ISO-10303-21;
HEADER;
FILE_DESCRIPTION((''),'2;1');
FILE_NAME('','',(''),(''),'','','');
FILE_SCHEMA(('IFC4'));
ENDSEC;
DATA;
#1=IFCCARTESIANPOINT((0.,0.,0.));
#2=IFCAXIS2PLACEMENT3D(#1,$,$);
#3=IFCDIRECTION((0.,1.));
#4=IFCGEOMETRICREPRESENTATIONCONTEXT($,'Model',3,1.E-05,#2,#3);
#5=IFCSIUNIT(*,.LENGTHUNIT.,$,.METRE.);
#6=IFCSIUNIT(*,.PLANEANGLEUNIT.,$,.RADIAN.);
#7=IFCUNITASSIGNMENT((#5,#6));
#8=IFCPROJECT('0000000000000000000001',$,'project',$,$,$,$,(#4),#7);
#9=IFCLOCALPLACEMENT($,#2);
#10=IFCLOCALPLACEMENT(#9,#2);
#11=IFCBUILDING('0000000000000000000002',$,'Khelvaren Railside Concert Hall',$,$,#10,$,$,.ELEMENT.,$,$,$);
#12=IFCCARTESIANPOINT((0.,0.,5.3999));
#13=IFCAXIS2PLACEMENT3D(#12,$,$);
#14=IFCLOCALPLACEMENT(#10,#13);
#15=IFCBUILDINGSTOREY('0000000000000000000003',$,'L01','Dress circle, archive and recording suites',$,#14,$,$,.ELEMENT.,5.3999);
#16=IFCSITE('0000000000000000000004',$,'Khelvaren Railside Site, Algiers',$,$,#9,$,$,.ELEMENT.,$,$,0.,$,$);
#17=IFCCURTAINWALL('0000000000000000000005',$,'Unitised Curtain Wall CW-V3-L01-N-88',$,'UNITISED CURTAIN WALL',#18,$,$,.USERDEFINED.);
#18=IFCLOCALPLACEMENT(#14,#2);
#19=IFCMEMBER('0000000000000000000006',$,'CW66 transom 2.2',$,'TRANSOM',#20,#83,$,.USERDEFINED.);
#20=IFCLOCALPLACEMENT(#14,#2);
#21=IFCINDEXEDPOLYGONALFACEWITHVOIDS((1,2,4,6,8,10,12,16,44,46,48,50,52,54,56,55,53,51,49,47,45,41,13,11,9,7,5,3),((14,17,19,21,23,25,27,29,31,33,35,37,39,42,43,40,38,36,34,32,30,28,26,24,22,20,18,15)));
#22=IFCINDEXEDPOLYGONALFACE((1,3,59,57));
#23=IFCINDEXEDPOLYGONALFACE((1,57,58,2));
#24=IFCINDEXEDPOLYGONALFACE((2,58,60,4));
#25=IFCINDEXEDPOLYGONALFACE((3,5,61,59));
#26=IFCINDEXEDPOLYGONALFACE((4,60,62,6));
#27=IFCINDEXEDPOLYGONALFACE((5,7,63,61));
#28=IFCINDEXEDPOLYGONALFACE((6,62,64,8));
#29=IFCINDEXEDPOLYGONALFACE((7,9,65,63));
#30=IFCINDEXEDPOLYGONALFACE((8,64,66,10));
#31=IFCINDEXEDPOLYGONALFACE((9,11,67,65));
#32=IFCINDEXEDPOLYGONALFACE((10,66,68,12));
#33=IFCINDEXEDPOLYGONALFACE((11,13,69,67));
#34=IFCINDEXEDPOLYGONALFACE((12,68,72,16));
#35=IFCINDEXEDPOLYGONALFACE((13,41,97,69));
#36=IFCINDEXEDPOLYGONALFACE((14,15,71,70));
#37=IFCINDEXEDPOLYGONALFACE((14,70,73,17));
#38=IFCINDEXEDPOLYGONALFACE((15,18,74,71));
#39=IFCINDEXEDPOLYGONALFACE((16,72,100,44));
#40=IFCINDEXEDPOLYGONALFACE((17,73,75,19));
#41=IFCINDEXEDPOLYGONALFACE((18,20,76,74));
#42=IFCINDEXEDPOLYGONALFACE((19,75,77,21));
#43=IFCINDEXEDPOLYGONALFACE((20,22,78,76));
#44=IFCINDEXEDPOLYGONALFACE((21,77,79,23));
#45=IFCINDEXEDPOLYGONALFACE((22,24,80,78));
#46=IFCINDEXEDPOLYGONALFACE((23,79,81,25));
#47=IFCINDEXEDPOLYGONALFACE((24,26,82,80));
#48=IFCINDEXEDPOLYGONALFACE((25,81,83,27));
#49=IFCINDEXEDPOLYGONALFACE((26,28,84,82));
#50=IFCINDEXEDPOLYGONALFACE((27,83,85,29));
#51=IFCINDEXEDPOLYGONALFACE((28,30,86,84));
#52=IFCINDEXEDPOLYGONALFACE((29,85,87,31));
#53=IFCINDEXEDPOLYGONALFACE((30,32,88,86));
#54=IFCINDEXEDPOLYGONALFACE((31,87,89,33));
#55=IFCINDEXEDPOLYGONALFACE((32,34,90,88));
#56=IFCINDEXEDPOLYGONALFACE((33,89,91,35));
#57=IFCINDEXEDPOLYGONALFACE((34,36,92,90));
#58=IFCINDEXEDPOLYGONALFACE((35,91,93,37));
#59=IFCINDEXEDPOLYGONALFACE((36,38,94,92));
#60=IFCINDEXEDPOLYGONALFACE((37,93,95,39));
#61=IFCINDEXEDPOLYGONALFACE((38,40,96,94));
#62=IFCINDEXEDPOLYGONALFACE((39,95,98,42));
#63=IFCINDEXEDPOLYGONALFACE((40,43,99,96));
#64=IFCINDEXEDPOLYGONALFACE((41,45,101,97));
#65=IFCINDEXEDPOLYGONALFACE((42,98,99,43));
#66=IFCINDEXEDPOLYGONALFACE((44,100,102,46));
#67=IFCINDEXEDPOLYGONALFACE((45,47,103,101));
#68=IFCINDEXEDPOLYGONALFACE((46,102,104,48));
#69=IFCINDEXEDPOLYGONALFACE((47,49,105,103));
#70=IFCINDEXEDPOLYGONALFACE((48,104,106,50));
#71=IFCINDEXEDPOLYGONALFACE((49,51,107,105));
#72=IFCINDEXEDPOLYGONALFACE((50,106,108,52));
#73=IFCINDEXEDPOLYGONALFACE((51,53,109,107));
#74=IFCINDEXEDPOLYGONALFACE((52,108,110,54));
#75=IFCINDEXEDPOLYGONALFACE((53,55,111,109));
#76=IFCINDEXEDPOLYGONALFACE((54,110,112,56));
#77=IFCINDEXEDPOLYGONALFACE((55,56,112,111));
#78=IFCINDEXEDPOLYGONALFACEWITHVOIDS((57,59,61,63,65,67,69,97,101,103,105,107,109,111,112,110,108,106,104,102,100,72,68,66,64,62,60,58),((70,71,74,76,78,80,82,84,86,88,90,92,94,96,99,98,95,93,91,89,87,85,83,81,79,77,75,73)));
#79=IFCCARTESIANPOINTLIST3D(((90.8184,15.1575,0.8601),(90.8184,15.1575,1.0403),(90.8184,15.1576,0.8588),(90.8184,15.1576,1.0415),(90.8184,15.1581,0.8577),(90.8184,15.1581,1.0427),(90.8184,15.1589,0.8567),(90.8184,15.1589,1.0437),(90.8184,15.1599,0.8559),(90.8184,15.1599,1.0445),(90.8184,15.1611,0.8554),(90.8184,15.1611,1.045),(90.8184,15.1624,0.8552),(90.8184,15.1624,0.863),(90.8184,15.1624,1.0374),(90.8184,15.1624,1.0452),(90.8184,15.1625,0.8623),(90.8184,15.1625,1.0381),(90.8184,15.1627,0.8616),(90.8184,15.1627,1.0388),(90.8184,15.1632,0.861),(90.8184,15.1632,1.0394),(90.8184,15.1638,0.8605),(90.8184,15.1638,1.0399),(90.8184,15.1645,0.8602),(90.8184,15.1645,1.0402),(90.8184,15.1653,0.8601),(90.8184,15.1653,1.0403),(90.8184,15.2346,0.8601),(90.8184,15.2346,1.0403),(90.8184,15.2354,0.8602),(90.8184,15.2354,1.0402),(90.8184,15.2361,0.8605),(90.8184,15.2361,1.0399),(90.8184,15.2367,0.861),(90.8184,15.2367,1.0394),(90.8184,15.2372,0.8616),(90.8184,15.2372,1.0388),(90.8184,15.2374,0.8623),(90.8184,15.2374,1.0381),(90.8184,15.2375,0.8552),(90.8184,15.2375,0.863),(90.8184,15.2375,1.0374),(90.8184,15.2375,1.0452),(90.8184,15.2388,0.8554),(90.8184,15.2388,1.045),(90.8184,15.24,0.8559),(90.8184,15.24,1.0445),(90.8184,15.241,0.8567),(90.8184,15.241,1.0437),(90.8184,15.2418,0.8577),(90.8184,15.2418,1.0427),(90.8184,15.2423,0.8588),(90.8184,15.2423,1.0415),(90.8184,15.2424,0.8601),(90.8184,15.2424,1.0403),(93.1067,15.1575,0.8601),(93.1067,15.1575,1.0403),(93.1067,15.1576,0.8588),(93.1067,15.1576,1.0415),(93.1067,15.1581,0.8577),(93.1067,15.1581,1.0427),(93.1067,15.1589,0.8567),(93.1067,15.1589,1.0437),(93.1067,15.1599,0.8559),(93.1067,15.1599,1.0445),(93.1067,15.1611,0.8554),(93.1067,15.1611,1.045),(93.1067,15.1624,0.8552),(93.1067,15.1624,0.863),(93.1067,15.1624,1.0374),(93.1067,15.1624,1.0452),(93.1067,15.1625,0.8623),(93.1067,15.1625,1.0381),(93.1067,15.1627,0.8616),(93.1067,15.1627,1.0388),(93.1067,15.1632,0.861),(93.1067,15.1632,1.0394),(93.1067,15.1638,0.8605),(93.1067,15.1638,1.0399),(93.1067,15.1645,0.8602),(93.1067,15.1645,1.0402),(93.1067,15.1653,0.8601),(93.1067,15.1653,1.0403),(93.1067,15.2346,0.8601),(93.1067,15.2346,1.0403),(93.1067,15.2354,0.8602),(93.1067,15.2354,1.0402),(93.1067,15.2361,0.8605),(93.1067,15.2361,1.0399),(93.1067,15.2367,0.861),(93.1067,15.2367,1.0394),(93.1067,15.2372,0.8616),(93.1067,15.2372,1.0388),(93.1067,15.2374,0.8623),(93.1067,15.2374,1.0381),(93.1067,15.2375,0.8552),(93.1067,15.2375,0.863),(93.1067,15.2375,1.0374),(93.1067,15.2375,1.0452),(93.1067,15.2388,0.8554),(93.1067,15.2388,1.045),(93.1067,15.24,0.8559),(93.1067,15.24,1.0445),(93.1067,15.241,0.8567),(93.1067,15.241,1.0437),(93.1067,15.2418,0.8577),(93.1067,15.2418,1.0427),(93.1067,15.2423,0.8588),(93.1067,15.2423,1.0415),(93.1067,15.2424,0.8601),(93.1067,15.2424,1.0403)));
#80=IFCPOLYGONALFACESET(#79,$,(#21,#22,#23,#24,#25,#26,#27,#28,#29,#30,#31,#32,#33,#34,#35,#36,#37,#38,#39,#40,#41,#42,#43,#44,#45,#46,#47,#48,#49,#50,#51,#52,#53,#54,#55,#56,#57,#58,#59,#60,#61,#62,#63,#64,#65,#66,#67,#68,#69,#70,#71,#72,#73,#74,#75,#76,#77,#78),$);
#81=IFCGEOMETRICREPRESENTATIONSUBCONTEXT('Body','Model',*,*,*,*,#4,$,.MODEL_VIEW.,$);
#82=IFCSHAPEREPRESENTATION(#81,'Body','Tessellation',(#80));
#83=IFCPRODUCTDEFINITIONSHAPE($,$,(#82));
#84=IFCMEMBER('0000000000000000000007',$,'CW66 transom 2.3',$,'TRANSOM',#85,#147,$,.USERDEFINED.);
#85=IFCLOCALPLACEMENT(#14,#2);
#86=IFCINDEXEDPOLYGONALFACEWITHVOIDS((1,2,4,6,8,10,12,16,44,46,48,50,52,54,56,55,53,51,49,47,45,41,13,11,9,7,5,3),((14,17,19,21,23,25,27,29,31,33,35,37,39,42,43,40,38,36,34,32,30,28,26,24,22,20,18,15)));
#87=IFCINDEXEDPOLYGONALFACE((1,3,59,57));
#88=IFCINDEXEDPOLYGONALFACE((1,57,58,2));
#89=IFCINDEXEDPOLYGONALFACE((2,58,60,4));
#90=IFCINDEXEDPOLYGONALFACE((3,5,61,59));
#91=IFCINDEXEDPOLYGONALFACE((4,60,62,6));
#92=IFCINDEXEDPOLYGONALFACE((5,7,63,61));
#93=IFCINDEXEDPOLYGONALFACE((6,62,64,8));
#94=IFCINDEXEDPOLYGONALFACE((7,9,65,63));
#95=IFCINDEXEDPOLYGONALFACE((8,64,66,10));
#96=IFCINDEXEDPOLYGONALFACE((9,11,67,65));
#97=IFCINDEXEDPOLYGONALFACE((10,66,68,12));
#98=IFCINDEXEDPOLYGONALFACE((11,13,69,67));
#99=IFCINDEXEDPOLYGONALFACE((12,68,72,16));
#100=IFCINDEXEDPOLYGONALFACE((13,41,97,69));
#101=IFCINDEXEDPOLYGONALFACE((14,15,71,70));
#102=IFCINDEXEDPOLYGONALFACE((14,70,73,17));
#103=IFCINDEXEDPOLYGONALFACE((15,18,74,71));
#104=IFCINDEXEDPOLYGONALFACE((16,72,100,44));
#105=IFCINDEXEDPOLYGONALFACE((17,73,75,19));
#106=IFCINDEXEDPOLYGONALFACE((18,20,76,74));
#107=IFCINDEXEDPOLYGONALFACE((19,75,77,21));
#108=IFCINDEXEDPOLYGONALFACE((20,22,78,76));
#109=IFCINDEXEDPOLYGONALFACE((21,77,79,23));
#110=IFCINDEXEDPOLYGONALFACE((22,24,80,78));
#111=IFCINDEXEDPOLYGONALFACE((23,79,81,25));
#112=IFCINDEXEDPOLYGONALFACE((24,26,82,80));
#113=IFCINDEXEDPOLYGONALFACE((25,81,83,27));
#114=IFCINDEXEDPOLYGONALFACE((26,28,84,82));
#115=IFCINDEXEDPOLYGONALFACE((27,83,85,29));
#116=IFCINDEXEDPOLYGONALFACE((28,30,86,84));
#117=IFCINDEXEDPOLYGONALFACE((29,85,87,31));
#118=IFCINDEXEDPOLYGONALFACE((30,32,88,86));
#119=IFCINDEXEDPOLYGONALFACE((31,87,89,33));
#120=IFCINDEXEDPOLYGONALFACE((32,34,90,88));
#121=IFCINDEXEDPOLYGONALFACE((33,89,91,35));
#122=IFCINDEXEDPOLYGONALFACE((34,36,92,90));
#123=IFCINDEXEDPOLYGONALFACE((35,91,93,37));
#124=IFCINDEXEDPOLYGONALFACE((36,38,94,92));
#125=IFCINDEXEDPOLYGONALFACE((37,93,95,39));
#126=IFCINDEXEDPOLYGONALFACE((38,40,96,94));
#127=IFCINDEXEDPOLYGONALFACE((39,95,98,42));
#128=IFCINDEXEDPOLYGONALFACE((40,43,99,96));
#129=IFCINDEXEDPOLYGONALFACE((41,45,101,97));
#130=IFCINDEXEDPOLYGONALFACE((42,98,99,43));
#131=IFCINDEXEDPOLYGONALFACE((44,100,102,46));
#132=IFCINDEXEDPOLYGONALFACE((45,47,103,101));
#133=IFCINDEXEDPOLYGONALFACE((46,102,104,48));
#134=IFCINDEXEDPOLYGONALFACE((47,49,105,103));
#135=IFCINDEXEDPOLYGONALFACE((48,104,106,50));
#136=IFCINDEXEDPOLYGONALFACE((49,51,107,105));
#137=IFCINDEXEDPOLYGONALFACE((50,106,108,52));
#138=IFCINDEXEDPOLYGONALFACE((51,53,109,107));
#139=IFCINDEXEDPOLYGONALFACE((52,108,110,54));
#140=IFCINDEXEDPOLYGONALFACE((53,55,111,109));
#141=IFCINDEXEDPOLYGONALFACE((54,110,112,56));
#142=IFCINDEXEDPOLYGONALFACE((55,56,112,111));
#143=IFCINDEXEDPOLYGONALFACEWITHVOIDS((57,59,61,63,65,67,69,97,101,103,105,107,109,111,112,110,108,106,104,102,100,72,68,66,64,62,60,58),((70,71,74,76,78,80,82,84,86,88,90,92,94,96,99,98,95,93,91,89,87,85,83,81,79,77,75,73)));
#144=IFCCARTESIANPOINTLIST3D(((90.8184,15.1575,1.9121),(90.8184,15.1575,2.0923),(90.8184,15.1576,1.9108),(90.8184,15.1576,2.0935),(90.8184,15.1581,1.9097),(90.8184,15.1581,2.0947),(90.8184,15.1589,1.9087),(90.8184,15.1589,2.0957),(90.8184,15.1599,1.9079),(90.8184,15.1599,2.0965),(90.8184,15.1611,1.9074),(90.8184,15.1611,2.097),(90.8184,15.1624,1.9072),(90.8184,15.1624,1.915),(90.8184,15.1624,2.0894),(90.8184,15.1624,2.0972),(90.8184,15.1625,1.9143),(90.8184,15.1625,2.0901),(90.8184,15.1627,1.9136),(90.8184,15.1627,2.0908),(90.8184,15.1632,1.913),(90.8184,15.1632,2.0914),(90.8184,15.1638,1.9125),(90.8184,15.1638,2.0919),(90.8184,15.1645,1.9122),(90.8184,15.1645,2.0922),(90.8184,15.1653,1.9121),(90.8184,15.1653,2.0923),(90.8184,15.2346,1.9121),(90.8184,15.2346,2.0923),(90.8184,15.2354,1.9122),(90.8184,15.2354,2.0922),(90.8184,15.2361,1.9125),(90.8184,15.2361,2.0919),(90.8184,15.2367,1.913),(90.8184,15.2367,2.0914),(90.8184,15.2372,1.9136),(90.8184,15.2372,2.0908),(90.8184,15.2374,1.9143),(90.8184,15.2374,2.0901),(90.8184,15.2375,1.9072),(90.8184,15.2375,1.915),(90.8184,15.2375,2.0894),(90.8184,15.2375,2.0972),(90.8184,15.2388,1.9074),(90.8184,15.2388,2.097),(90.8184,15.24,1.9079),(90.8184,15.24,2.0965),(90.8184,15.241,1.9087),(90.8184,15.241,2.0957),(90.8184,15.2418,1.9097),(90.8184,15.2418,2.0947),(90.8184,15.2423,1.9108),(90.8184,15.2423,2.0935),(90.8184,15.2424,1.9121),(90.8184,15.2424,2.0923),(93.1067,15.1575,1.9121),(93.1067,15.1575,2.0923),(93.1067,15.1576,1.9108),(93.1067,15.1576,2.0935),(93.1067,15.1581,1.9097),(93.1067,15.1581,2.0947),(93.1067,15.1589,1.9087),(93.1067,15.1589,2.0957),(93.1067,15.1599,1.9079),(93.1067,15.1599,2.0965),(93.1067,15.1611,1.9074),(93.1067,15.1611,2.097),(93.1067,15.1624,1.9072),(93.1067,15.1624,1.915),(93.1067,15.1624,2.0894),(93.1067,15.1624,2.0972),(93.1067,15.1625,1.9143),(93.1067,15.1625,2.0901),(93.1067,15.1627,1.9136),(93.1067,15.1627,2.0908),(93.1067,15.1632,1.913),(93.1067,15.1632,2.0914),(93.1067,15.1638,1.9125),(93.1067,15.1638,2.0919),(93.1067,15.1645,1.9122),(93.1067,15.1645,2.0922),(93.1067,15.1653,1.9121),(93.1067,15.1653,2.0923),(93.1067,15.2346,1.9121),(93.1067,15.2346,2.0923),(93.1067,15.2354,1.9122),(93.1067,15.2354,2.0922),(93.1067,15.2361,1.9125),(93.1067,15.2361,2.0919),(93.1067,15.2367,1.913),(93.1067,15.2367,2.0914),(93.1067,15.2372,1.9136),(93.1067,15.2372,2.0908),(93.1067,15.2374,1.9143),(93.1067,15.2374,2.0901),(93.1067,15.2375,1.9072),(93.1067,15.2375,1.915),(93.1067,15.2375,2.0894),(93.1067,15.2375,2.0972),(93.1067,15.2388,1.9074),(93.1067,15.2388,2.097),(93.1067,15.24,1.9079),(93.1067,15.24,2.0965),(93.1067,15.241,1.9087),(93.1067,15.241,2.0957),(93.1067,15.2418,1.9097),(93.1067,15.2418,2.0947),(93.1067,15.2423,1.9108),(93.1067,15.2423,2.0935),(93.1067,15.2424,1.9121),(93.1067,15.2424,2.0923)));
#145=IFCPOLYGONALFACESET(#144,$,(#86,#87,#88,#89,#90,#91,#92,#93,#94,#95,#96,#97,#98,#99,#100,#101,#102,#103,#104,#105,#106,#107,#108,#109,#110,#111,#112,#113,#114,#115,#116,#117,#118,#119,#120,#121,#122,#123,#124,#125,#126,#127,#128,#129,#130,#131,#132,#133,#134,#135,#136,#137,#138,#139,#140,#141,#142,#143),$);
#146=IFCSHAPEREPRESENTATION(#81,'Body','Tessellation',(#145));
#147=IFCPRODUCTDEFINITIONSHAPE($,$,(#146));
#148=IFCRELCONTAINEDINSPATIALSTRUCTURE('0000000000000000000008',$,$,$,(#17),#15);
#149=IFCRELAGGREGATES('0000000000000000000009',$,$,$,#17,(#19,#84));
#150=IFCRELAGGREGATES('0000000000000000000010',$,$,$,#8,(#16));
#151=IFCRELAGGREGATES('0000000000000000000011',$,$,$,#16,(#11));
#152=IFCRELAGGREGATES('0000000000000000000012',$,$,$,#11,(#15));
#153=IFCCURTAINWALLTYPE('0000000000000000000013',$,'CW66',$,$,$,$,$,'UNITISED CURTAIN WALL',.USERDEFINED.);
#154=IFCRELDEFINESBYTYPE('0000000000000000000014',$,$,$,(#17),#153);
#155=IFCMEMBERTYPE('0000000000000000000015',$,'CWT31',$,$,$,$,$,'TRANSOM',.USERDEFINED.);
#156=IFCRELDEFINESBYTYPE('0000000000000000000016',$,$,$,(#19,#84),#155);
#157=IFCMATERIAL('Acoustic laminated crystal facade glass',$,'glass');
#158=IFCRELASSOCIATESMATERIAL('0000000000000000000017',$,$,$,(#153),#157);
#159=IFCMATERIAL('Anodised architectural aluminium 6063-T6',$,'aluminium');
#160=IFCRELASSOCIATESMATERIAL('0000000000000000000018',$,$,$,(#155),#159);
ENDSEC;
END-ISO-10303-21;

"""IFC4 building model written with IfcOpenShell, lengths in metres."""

from ifc_helpers import new_model, si_unit, direction, frame, origin, origin_2d, place, context, subcontext, project, spatial, hollow_rectangle, extrude, material, material_profile, profile_set, type_object, element, aggregate, save


model = new_model("IFC4")

# Units and contexts
model_context = context("Model", 3, precision=1e-05, world=origin(), true_north=direction((0.0, 1.0)))
body_context = subcontext(model_context, "Body", "Model", "MODEL_VIEW")
ifc_project = project(units=[si_unit("LENGTHUNIT", "METRE"), si_unit("PLANEANGLEUNIT", "RADIAN")], contexts=[model_context])

# Site, building, storey
site_placement = place(None, origin())
site = spatial("IfcSite", under=ifc_project, at=site_placement, Name="Khelvaren Railside Site, Algiers", CompositionType="ELEMENT", RefElevation=0.0)
building_placement = place(site_placement, origin())
building = spatial("IfcBuilding", under=site, at=building_placement, Name="Khelvaren Railside Concert Hall", CompositionType="ELEMENT")
storey_placement = place(building_placement, frame((0.0, 0.0, 5.3999)))
storey = spatial("IfcBuildingStorey", under=building, at=storey_placement, Name="L01", Description="Dress circle, archive and recording suites", CompositionType="ELEMENT", Elevation=5.3999)

# Curtain wall, members
ifc_material_1 = material(Name="Acoustic laminated crystal facade glass", Category="glass")
curtain_wall_type = type_object("IfcCurtainWallType", Name="CW66", ElementType="UNITISED CURTAIN WALL", PredefinedType="USERDEFINED", material=ifc_material_1)
curtain_wall_placement = place(storey_placement, origin())
curtain_wall = element("IfcCurtainWall", 1, at=curtain_wall_placement, inside=storey, type_object=curtain_wall_type, Name="Unitised Curtain Wall CW-V3-L01-N-88", ObjectType="UNITISED CURTAIN WALL", PredefinedType="USERDEFINED")
ifc_material_2 = material(Name="Anodised architectural aluminium 6063-T6", Category="aluminium")
ifc_material_profile_1 = material_profile(ifc_material_2, hollow_rectangle(XDim=0.085, YDim=0.1899, WallThickness=0.0049, InnerFilletRadius=0.0029, OuterFilletRadius=0.0049, at=origin_2d()), Name="CWT 85x190x5")
ifc_profile_set_1 = profile_set([ifc_material_profile_1], Name="Anodised architectural aluminium 6063-T6")
member_type_1 = type_object("IfcMemberType", Name="CWT31", ElementType="TRANSOM", PredefinedType="USERDEFINED", material=ifc_profile_set_1)
member_1_placement = place(storey_placement, frame((90.8184, 15.2, 0.9502), z_axis=(1.0, 0.0, 0.0), x_axis=(0.0, 1.0, 0.0)))
member_1 = element("IfcMember", 2, at=member_1_placement, type_object=member_type_1, Name="CW66 transom 2.2", ObjectType="TRANSOM", PredefinedType="USERDEFINED", context=body_context, shape_type="SweptSolid", body=[
    extrude(hollow_rectangle(XDim=0.085, YDim=0.1899, WallThickness=0.0049, InnerFilletRadius=0.0029, OuterFilletRadius=0.0049, at=origin_2d()), origin(), (0.0, 0.0, 1.0), 2.2883),
])
member_2_placement = place(storey_placement, frame((90.8184, 15.2, 2.0022), z_axis=(1.0, 0.0, 0.0), x_axis=(0.0, 1.0, 0.0)))
member_2 = element("IfcMember", 3, at=member_2_placement, type_object=member_type_1, Name="CW66 transom 2.3", ObjectType="TRANSOM", PredefinedType="USERDEFINED", context=body_context, shape_type="SweptSolid", body=[
    extrude(hollow_rectangle(XDim=0.085, YDim=0.1899, WallThickness=0.0049, InnerFilletRadius=0.0029, OuterFilletRadius=0.0049, at=origin_2d()), origin(), (0.0, 0.0, 1.0), 2.2883),
])

aggregate(curtain_wall, [member_1, member_2])

save(model, "model.ifc")
